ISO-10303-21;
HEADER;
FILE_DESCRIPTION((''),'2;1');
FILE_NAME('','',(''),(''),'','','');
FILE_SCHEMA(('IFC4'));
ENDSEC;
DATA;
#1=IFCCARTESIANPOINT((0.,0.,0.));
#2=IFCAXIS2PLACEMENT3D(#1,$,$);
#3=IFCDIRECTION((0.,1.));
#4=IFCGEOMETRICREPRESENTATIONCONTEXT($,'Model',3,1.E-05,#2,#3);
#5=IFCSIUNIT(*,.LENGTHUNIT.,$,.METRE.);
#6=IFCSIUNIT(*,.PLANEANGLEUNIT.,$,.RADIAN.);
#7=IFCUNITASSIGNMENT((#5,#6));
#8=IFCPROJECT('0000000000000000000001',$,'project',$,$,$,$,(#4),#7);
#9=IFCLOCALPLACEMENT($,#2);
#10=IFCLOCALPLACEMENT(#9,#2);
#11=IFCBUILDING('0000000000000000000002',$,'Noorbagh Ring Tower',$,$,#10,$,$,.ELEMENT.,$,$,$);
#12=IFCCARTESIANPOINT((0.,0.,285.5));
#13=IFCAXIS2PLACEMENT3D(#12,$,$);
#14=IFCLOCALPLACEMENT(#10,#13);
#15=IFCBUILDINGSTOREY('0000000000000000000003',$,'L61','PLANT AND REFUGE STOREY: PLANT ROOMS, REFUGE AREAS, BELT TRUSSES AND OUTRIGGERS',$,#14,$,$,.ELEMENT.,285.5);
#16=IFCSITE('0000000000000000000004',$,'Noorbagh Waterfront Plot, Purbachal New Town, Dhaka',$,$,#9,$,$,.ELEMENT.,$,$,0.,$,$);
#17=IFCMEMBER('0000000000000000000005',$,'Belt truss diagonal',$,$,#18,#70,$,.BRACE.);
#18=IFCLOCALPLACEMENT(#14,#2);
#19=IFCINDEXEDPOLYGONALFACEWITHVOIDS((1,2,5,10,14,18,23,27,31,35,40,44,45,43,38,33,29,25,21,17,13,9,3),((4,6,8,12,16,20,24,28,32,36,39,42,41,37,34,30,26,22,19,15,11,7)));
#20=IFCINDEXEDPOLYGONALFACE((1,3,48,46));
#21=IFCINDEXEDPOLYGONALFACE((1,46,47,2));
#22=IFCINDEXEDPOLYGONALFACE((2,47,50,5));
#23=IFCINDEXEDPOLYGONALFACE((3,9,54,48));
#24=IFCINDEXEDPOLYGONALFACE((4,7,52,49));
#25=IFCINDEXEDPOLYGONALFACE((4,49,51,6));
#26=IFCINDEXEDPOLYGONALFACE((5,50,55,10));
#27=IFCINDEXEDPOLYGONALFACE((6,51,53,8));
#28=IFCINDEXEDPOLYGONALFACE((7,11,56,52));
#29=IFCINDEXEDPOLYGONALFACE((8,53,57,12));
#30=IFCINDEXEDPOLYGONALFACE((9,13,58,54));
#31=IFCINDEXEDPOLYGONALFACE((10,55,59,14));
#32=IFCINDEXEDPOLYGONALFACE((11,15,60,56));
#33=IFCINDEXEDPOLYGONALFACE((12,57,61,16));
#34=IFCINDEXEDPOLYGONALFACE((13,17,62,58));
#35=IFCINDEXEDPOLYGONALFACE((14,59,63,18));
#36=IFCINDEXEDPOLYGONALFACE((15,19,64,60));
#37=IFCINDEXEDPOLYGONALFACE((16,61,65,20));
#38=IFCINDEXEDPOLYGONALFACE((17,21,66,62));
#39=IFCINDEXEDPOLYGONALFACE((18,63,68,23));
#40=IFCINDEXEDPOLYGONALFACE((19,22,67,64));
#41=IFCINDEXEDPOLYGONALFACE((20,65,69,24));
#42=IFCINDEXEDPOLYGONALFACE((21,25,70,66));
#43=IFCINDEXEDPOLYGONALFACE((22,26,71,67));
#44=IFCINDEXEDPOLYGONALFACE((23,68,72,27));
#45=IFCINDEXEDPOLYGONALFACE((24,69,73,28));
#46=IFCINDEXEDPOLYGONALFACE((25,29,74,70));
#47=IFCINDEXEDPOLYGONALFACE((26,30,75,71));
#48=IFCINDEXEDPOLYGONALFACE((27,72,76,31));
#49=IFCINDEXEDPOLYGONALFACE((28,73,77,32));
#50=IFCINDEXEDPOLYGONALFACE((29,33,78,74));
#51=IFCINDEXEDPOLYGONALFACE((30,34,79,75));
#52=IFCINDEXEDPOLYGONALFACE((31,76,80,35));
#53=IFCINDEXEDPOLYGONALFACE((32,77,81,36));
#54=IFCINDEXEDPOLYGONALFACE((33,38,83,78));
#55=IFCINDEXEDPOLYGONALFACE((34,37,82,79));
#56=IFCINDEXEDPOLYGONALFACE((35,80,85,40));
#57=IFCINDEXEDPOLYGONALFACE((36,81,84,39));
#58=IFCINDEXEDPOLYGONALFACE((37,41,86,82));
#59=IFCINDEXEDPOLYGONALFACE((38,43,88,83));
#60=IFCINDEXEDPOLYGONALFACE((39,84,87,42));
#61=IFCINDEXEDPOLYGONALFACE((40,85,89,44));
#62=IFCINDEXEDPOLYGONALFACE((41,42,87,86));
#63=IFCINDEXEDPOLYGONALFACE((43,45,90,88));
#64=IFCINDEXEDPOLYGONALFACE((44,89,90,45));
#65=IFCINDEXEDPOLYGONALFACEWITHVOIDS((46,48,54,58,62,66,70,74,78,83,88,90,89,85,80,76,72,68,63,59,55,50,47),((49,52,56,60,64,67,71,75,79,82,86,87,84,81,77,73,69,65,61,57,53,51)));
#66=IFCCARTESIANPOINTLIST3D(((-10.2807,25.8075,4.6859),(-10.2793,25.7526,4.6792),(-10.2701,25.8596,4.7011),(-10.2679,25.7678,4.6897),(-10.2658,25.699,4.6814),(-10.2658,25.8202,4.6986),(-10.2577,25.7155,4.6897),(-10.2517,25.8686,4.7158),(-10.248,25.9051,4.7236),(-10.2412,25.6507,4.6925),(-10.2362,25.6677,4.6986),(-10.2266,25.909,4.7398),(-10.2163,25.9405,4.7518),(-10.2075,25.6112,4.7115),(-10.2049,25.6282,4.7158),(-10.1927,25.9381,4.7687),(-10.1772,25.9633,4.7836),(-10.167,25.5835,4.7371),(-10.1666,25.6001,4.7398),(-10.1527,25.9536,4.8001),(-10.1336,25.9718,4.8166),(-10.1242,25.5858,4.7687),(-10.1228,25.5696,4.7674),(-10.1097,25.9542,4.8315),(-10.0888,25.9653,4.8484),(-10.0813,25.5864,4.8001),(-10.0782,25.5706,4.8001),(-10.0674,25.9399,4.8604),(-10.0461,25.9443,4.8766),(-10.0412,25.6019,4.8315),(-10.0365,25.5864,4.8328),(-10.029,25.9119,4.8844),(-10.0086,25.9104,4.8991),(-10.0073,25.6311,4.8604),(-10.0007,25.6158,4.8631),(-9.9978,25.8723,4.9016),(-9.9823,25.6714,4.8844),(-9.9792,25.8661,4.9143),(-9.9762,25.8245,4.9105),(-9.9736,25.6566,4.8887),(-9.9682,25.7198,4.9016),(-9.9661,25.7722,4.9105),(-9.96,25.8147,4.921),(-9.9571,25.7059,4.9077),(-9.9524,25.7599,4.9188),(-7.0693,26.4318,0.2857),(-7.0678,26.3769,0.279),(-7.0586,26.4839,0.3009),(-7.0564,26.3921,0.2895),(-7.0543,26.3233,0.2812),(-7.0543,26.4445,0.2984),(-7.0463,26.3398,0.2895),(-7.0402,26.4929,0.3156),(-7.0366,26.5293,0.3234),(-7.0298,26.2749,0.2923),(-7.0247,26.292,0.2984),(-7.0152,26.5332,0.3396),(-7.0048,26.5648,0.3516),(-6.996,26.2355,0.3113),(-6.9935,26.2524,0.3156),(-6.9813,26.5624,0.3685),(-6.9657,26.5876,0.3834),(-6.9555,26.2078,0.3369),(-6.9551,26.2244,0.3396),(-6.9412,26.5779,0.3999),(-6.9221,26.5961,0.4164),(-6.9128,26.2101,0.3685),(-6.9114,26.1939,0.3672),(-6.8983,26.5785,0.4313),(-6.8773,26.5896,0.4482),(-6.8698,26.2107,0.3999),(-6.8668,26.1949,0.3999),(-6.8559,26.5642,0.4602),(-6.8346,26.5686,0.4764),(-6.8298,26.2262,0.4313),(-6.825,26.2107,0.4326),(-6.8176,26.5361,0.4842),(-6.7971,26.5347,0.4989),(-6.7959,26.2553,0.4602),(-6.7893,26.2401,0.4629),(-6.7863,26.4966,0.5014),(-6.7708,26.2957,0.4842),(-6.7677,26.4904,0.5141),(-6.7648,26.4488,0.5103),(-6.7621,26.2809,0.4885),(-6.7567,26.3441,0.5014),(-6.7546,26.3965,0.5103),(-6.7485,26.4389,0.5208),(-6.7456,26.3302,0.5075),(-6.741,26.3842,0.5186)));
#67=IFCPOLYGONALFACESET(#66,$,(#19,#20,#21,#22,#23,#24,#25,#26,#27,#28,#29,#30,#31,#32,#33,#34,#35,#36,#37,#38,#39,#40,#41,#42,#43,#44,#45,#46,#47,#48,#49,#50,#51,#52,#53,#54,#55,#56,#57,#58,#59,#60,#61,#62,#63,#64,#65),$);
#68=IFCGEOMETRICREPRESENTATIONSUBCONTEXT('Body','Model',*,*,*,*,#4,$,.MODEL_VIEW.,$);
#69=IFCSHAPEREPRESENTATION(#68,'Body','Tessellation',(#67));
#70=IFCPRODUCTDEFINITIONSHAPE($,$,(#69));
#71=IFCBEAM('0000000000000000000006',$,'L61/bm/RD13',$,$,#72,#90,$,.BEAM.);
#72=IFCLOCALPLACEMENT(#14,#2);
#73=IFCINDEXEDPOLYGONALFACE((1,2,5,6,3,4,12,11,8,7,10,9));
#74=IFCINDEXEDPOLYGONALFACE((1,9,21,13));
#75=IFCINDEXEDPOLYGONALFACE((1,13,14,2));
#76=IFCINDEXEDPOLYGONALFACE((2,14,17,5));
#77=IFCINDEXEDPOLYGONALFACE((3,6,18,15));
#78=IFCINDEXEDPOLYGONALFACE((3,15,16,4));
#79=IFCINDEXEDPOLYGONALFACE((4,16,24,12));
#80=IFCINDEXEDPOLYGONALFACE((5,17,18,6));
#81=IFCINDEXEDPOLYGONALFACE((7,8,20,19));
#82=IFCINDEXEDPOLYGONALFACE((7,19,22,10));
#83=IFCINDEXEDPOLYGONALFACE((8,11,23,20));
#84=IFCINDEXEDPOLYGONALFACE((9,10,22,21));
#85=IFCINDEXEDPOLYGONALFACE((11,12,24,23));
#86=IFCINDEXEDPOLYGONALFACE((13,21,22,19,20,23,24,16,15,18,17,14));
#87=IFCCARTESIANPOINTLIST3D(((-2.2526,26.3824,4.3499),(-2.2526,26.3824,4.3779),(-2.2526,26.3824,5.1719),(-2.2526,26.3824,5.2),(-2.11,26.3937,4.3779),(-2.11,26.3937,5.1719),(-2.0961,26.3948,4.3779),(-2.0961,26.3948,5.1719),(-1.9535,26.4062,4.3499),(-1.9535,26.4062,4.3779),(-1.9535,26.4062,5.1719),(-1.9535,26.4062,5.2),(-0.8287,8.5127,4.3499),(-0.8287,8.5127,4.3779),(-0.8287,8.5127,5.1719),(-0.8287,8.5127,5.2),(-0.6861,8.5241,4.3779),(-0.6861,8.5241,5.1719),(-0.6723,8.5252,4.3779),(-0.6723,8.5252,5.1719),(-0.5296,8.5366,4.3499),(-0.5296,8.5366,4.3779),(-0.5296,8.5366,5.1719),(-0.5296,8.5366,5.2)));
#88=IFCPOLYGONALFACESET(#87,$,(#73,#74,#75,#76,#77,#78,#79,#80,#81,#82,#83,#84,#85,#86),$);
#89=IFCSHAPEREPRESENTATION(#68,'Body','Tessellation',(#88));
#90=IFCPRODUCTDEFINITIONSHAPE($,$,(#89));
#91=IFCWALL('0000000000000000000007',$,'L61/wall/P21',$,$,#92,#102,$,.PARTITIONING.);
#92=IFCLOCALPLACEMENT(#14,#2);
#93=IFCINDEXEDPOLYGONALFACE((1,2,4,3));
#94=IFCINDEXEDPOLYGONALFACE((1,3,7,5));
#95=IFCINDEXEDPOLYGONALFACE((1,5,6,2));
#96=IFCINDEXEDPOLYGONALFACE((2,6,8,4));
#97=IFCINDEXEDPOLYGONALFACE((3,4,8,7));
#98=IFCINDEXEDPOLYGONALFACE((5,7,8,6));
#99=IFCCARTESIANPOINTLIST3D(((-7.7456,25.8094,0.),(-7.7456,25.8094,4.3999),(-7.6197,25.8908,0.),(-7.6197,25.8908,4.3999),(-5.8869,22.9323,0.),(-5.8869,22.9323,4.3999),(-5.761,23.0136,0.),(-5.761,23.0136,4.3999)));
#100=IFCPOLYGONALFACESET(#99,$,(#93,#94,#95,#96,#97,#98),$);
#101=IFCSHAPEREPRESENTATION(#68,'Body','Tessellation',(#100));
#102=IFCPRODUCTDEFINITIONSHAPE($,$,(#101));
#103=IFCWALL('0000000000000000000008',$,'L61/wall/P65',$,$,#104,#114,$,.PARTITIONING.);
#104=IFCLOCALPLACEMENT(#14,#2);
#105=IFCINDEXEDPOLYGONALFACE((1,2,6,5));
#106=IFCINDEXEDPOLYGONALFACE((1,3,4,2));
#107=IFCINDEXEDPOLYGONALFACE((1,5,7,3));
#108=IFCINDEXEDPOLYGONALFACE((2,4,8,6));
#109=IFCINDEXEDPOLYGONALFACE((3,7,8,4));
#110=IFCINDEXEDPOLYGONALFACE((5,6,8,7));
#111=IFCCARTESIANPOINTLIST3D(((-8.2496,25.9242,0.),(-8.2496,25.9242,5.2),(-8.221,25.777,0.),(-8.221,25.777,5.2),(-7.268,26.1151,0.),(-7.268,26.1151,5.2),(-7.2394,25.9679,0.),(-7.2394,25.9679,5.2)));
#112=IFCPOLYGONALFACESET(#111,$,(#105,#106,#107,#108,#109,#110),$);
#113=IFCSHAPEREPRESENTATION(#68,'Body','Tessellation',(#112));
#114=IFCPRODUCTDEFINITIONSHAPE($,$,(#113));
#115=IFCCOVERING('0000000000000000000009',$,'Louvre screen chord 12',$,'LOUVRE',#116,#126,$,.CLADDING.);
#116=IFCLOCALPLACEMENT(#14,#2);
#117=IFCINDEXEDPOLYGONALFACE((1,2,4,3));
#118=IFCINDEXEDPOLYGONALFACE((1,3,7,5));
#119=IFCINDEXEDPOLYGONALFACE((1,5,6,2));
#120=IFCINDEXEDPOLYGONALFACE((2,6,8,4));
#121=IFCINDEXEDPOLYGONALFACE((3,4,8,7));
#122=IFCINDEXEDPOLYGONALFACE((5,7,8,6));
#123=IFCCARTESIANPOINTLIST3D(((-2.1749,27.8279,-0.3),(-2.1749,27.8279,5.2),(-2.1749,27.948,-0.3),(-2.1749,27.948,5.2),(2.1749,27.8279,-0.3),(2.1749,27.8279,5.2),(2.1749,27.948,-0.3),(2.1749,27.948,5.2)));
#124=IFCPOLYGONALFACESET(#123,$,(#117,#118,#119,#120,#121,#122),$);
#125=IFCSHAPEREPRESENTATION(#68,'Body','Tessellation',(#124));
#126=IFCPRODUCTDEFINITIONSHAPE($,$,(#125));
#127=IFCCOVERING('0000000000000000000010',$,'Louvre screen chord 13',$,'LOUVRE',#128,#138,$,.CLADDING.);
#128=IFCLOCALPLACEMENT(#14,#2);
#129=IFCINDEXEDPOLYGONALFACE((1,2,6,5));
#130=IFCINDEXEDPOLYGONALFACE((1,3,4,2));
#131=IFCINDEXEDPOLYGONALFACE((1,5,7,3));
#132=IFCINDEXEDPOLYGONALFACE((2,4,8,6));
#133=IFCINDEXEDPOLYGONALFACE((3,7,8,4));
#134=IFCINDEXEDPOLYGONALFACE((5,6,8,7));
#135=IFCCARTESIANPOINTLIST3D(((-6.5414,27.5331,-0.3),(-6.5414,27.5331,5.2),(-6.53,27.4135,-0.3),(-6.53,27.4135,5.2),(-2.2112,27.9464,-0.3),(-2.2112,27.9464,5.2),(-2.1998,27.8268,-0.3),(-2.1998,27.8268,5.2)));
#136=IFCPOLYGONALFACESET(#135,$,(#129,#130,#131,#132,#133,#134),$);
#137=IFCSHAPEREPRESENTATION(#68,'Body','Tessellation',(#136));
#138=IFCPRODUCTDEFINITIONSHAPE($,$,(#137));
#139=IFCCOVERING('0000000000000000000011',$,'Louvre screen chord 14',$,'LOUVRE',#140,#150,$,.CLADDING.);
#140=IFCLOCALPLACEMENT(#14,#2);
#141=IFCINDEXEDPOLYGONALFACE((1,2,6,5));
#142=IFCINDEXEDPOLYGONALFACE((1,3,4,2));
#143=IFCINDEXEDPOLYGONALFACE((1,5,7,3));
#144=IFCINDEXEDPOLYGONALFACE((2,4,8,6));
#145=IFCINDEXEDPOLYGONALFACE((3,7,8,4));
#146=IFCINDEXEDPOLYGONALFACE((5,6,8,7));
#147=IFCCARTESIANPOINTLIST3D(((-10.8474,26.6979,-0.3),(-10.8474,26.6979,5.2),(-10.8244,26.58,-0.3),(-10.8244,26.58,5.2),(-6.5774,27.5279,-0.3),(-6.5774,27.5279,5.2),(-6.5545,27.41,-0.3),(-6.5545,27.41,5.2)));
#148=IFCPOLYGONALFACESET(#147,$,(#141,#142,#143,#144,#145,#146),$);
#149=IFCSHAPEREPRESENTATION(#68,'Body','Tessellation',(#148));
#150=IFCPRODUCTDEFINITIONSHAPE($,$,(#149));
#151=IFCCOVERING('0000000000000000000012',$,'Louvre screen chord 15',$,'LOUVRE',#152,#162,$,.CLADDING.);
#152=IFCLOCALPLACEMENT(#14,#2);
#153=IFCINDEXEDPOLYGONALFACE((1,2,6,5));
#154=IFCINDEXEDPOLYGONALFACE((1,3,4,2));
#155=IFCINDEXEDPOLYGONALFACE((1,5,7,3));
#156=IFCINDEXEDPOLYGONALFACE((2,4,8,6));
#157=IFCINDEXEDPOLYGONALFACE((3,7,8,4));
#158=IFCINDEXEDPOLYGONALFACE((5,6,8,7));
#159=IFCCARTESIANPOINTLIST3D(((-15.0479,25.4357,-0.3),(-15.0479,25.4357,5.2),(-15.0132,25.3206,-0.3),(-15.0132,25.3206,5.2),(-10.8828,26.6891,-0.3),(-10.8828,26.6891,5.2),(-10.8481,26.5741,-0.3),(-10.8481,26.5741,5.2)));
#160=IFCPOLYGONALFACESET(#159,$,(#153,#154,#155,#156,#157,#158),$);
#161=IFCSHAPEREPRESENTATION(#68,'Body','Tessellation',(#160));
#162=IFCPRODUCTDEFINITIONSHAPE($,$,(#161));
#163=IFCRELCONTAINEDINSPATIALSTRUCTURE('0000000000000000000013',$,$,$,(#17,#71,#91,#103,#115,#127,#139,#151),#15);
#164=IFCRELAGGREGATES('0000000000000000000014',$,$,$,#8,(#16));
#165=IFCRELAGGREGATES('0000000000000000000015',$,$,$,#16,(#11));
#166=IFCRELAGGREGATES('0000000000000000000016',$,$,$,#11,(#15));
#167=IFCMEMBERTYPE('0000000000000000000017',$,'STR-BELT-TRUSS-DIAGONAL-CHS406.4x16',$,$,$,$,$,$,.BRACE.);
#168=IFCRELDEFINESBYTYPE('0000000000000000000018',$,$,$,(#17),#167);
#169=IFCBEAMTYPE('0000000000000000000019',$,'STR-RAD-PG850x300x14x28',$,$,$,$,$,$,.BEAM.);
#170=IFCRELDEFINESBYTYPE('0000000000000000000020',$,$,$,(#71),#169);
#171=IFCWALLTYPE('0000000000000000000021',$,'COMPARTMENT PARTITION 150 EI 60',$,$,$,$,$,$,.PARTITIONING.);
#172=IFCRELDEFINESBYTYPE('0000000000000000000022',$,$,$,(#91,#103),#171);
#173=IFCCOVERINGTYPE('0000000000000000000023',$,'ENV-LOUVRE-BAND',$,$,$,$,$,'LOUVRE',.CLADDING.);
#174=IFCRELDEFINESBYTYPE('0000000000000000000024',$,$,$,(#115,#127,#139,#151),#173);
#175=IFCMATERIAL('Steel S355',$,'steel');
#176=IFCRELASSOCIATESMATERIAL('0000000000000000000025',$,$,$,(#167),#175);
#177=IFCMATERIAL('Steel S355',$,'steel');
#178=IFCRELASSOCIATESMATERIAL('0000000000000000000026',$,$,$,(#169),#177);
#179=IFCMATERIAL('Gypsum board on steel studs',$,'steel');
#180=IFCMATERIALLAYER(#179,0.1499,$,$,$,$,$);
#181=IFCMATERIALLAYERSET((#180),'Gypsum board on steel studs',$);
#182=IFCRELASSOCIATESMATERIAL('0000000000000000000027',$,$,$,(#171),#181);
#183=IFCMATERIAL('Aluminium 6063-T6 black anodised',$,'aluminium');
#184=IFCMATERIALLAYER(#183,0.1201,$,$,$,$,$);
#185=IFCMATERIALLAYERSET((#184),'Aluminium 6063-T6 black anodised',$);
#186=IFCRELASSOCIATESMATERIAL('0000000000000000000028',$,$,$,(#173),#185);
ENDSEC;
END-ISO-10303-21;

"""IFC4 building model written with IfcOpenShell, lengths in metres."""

from ifc_helpers import new_model, si_unit, direction, frame, frame_2d, origin, origin_2d, place, context, subcontext, project, spatial, rectangle, hollow_circle, i_section, extrude, material, layer, layer_set, material_profile, profile_set, type_object, element, save


model = new_model("IFC4")

# Units and contexts
model_context = context("Model", 3, precision=1e-05, world=origin(), true_north=direction((0.0, 1.0)))
body_context = subcontext(model_context, "Body", "Model", "MODEL_VIEW")
ifc_project = project(units=[si_unit("LENGTHUNIT", "METRE"), si_unit("PLANEANGLEUNIT", "RADIAN")], contexts=[model_context])

# Site, building, storey
site_placement = place(None, origin())
site = spatial("IfcSite", under=ifc_project, at=site_placement, Name="Noorbagh Waterfront Plot, Purbachal New Town, Dhaka", CompositionType="ELEMENT", RefElevation=0.0)
building_placement = place(site_placement, origin())
building = spatial("IfcBuilding", under=site, at=building_placement, Name="Noorbagh Ring Tower", CompositionType="ELEMENT")
storey_placement = place(building_placement, frame((0.0, 0.0, 285.5)))
storey = spatial("IfcBuildingStorey", under=building, at=storey_placement, Name="L61", Description="PLANT AND REFUGE STOREY: PLANT ROOMS, REFUGE AREAS, BELT TRUSSES AND OUTRIGGERS", CompositionType="ELEMENT", Elevation=285.5)

# Member
ifc_material_1 = material(Name="Steel S355", Category="steel")
ifc_material_profile_1 = material_profile(ifc_material_1, hollow_circle(Radius=0.2031, WallThickness=0.0161, at=origin_2d()), Name="CHS406.4x16")
ifc_profile_set_1 = profile_set([ifc_material_profile_1], Name="Steel S355")
member_type = type_object("IfcMemberType", Name="STR-BELT-TRUSS-DIAGONAL-CHS406.4x16", PredefinedType="BRACE", material=ifc_profile_set_1)
member_1_placement = place(storey_placement, frame((-6.9055, 26.3943, 0.3999), z_axis=(-0.585697, -0.113853, 0.802494), x_axis=(0.190818, -0.981625, 0.0)))
element("IfcMember", 1, at=member_1_placement, inside=storey, type_object=member_type, Name="Belt truss diagonal", PredefinedType="BRACE", context=body_context, shape_type="SweptSolid", body=[
    extrude(hollow_circle(Radius=0.2031, WallThickness=0.0161, at=origin_2d()), origin(), (0.0, 0.0, 1.0), 5.4832),
])

# Beam
ifc_material_2 = material(Name="Steel S355", Category="steel")
ifc_material_profile_2 = material_profile(ifc_material_2, i_section(OverallWidth=0.3, OverallDepth=0.8501, WebThickness=0.0139, FlangeThickness=0.0281, at=origin_2d()), Name="PG850x300x14x28")
ifc_profile_set_2 = profile_set([ifc_material_profile_2], Name="Steel S355")
beam_type_1 = type_object("IfcBeamType", Name="STR-RAD-PG850x300x14x28", PredefinedType="BEAM", material=ifc_profile_set_2)
beam_placement = place(storey_placement, frame((-2.103, 26.3943, 4.7749), z_axis=(0.079427, -0.996841, 0.0), x_axis=(0.996841, 0.079427, 0.0)))
element("IfcBeam", 2, at=beam_placement, inside=storey, type_object=beam_type_1, Name="L61/bm/RD13", PredefinedType="BEAM", context=body_context, shape_type="SweptSolid", body=[
    extrude(i_section(OverallWidth=0.3, OverallDepth=0.8501, WebThickness=0.0139, FlangeThickness=0.0281, at=origin_2d()), origin(), (0.0, 0.0, 1.0), 17.9263),
])

# Walls
ifc_material_3 = material(Name="Gypsum board on steel studs", Category="steel")
ifc_layer_1 = layer(ifc_material_3, 0.1499)
ifc_layer_set_1 = layer_set([ifc_layer_1], Name="Gypsum board on steel studs")
wall_type = type_object("IfcWallType", Name="COMPARTMENT PARTITION 150 EI 60", PredefinedType="PARTITIONING", material=ifc_layer_set_1)
wall_1_placement = place(storey_placement, frame((-7.6826, 25.8501, 0.0), z_axis=(0.0, 0.0, 1.0), x_axis=(0.542619, -0.839979, 0.0)))
element("IfcWall", 3, at=wall_1_placement, inside=storey, type_object=wall_type, Name="L61/wall/P21", PredefinedType="PARTITIONING", context=body_context, shape_type="SweptSolid", body=[
    extrude(rectangle(XDim=3.4253, YDim=0.1499, at=frame_2d((1.7126, 0.0))), origin(), (0.0, 0.0, 1.0), 4.3999),
])
wall_2_placement = place(storey_placement, frame((-7.2537, 26.0415, 0.0), z_axis=(0.0, 0.0, 1.0), x_axis=(-0.981609, -0.190902, 0.0)))
element("IfcWall", 4, at=wall_2_placement, inside=storey, type_object=wall_type, Name="L61/wall/P65", PredefinedType="PARTITIONING", context=body_context, shape_type="SweptSolid", body=[
    extrude(rectangle(XDim=1.0, YDim=0.1499, at=frame_2d((0.5, 0.0))), origin(), (0.0, 0.0, 1.0), 5.2),
])

# Coverings
ifc_material_4 = material(Name="Aluminium 6063-T6 black anodised", Category="aluminium")
ifc_layer_2 = layer(ifc_material_4, 0.1201)
ifc_layer_set_2 = layer_set([ifc_layer_2], Name="Aluminium 6063-T6 black anodised")
covering_type_1 = type_object("IfcCoveringType", Name="ENV-LOUVRE-BAND", ElementType="LOUVRE", PredefinedType="CLADDING", material=ifc_layer_set_2)
for number, where, z_axis, x_axis, name in (
    (5, (0.0, 27.8879, -0.3), (0.0, 0.0, 1.0), (-1.0, 0.0, 0.0), "Louvre screen chord 12"),
    (6, (-4.3706, 27.6799, -0.3), (0.0, 0.0, 1.0), (-0.995476, -0.095008, 0.0), "Louvre screen chord 13"),
    (7, (-8.7009, 27.054, -0.3), (0.0, 0.0, 1.0), (-0.981625, -0.19082, 0.0), "Louvre screen chord 14"),
):
    element("IfcCovering", number, at=place(storey_placement, frame(where, z_axis=z_axis, x_axis=x_axis)), inside=storey, type_object=covering_type_1, Name=name, ObjectType="LOUVRE", PredefinedType="CLADDING", context=body_context, shape_type="SweptSolid", body=[
        extrude(rectangle(XDim=4.3499, YDim=0.1201, at=origin_2d()), origin(), (0.0, 0.0, 1.0), 5.5),
    ])
covering_1_placement = place(storey_placement, frame((-12.948, 26.0049, -0.3), z_axis=(0.0, 0.0, 1.0), x_axis=(-0.957578, -0.288174, 0.0)))
element("IfcCovering", 8, at=covering_1_placement, inside=storey, type_object=covering_type_1, Name="Louvre screen chord 15", ObjectType="LOUVRE", PredefinedType="CLADDING", context=body_context, shape_type="SweptSolid", body=[
    extrude(rectangle(XDim=4.3496, YDim=0.1201, at=origin_2d()), origin(), (0.0, 0.0, 1.0), 5.5),
])

save(model, "model.ifc")
